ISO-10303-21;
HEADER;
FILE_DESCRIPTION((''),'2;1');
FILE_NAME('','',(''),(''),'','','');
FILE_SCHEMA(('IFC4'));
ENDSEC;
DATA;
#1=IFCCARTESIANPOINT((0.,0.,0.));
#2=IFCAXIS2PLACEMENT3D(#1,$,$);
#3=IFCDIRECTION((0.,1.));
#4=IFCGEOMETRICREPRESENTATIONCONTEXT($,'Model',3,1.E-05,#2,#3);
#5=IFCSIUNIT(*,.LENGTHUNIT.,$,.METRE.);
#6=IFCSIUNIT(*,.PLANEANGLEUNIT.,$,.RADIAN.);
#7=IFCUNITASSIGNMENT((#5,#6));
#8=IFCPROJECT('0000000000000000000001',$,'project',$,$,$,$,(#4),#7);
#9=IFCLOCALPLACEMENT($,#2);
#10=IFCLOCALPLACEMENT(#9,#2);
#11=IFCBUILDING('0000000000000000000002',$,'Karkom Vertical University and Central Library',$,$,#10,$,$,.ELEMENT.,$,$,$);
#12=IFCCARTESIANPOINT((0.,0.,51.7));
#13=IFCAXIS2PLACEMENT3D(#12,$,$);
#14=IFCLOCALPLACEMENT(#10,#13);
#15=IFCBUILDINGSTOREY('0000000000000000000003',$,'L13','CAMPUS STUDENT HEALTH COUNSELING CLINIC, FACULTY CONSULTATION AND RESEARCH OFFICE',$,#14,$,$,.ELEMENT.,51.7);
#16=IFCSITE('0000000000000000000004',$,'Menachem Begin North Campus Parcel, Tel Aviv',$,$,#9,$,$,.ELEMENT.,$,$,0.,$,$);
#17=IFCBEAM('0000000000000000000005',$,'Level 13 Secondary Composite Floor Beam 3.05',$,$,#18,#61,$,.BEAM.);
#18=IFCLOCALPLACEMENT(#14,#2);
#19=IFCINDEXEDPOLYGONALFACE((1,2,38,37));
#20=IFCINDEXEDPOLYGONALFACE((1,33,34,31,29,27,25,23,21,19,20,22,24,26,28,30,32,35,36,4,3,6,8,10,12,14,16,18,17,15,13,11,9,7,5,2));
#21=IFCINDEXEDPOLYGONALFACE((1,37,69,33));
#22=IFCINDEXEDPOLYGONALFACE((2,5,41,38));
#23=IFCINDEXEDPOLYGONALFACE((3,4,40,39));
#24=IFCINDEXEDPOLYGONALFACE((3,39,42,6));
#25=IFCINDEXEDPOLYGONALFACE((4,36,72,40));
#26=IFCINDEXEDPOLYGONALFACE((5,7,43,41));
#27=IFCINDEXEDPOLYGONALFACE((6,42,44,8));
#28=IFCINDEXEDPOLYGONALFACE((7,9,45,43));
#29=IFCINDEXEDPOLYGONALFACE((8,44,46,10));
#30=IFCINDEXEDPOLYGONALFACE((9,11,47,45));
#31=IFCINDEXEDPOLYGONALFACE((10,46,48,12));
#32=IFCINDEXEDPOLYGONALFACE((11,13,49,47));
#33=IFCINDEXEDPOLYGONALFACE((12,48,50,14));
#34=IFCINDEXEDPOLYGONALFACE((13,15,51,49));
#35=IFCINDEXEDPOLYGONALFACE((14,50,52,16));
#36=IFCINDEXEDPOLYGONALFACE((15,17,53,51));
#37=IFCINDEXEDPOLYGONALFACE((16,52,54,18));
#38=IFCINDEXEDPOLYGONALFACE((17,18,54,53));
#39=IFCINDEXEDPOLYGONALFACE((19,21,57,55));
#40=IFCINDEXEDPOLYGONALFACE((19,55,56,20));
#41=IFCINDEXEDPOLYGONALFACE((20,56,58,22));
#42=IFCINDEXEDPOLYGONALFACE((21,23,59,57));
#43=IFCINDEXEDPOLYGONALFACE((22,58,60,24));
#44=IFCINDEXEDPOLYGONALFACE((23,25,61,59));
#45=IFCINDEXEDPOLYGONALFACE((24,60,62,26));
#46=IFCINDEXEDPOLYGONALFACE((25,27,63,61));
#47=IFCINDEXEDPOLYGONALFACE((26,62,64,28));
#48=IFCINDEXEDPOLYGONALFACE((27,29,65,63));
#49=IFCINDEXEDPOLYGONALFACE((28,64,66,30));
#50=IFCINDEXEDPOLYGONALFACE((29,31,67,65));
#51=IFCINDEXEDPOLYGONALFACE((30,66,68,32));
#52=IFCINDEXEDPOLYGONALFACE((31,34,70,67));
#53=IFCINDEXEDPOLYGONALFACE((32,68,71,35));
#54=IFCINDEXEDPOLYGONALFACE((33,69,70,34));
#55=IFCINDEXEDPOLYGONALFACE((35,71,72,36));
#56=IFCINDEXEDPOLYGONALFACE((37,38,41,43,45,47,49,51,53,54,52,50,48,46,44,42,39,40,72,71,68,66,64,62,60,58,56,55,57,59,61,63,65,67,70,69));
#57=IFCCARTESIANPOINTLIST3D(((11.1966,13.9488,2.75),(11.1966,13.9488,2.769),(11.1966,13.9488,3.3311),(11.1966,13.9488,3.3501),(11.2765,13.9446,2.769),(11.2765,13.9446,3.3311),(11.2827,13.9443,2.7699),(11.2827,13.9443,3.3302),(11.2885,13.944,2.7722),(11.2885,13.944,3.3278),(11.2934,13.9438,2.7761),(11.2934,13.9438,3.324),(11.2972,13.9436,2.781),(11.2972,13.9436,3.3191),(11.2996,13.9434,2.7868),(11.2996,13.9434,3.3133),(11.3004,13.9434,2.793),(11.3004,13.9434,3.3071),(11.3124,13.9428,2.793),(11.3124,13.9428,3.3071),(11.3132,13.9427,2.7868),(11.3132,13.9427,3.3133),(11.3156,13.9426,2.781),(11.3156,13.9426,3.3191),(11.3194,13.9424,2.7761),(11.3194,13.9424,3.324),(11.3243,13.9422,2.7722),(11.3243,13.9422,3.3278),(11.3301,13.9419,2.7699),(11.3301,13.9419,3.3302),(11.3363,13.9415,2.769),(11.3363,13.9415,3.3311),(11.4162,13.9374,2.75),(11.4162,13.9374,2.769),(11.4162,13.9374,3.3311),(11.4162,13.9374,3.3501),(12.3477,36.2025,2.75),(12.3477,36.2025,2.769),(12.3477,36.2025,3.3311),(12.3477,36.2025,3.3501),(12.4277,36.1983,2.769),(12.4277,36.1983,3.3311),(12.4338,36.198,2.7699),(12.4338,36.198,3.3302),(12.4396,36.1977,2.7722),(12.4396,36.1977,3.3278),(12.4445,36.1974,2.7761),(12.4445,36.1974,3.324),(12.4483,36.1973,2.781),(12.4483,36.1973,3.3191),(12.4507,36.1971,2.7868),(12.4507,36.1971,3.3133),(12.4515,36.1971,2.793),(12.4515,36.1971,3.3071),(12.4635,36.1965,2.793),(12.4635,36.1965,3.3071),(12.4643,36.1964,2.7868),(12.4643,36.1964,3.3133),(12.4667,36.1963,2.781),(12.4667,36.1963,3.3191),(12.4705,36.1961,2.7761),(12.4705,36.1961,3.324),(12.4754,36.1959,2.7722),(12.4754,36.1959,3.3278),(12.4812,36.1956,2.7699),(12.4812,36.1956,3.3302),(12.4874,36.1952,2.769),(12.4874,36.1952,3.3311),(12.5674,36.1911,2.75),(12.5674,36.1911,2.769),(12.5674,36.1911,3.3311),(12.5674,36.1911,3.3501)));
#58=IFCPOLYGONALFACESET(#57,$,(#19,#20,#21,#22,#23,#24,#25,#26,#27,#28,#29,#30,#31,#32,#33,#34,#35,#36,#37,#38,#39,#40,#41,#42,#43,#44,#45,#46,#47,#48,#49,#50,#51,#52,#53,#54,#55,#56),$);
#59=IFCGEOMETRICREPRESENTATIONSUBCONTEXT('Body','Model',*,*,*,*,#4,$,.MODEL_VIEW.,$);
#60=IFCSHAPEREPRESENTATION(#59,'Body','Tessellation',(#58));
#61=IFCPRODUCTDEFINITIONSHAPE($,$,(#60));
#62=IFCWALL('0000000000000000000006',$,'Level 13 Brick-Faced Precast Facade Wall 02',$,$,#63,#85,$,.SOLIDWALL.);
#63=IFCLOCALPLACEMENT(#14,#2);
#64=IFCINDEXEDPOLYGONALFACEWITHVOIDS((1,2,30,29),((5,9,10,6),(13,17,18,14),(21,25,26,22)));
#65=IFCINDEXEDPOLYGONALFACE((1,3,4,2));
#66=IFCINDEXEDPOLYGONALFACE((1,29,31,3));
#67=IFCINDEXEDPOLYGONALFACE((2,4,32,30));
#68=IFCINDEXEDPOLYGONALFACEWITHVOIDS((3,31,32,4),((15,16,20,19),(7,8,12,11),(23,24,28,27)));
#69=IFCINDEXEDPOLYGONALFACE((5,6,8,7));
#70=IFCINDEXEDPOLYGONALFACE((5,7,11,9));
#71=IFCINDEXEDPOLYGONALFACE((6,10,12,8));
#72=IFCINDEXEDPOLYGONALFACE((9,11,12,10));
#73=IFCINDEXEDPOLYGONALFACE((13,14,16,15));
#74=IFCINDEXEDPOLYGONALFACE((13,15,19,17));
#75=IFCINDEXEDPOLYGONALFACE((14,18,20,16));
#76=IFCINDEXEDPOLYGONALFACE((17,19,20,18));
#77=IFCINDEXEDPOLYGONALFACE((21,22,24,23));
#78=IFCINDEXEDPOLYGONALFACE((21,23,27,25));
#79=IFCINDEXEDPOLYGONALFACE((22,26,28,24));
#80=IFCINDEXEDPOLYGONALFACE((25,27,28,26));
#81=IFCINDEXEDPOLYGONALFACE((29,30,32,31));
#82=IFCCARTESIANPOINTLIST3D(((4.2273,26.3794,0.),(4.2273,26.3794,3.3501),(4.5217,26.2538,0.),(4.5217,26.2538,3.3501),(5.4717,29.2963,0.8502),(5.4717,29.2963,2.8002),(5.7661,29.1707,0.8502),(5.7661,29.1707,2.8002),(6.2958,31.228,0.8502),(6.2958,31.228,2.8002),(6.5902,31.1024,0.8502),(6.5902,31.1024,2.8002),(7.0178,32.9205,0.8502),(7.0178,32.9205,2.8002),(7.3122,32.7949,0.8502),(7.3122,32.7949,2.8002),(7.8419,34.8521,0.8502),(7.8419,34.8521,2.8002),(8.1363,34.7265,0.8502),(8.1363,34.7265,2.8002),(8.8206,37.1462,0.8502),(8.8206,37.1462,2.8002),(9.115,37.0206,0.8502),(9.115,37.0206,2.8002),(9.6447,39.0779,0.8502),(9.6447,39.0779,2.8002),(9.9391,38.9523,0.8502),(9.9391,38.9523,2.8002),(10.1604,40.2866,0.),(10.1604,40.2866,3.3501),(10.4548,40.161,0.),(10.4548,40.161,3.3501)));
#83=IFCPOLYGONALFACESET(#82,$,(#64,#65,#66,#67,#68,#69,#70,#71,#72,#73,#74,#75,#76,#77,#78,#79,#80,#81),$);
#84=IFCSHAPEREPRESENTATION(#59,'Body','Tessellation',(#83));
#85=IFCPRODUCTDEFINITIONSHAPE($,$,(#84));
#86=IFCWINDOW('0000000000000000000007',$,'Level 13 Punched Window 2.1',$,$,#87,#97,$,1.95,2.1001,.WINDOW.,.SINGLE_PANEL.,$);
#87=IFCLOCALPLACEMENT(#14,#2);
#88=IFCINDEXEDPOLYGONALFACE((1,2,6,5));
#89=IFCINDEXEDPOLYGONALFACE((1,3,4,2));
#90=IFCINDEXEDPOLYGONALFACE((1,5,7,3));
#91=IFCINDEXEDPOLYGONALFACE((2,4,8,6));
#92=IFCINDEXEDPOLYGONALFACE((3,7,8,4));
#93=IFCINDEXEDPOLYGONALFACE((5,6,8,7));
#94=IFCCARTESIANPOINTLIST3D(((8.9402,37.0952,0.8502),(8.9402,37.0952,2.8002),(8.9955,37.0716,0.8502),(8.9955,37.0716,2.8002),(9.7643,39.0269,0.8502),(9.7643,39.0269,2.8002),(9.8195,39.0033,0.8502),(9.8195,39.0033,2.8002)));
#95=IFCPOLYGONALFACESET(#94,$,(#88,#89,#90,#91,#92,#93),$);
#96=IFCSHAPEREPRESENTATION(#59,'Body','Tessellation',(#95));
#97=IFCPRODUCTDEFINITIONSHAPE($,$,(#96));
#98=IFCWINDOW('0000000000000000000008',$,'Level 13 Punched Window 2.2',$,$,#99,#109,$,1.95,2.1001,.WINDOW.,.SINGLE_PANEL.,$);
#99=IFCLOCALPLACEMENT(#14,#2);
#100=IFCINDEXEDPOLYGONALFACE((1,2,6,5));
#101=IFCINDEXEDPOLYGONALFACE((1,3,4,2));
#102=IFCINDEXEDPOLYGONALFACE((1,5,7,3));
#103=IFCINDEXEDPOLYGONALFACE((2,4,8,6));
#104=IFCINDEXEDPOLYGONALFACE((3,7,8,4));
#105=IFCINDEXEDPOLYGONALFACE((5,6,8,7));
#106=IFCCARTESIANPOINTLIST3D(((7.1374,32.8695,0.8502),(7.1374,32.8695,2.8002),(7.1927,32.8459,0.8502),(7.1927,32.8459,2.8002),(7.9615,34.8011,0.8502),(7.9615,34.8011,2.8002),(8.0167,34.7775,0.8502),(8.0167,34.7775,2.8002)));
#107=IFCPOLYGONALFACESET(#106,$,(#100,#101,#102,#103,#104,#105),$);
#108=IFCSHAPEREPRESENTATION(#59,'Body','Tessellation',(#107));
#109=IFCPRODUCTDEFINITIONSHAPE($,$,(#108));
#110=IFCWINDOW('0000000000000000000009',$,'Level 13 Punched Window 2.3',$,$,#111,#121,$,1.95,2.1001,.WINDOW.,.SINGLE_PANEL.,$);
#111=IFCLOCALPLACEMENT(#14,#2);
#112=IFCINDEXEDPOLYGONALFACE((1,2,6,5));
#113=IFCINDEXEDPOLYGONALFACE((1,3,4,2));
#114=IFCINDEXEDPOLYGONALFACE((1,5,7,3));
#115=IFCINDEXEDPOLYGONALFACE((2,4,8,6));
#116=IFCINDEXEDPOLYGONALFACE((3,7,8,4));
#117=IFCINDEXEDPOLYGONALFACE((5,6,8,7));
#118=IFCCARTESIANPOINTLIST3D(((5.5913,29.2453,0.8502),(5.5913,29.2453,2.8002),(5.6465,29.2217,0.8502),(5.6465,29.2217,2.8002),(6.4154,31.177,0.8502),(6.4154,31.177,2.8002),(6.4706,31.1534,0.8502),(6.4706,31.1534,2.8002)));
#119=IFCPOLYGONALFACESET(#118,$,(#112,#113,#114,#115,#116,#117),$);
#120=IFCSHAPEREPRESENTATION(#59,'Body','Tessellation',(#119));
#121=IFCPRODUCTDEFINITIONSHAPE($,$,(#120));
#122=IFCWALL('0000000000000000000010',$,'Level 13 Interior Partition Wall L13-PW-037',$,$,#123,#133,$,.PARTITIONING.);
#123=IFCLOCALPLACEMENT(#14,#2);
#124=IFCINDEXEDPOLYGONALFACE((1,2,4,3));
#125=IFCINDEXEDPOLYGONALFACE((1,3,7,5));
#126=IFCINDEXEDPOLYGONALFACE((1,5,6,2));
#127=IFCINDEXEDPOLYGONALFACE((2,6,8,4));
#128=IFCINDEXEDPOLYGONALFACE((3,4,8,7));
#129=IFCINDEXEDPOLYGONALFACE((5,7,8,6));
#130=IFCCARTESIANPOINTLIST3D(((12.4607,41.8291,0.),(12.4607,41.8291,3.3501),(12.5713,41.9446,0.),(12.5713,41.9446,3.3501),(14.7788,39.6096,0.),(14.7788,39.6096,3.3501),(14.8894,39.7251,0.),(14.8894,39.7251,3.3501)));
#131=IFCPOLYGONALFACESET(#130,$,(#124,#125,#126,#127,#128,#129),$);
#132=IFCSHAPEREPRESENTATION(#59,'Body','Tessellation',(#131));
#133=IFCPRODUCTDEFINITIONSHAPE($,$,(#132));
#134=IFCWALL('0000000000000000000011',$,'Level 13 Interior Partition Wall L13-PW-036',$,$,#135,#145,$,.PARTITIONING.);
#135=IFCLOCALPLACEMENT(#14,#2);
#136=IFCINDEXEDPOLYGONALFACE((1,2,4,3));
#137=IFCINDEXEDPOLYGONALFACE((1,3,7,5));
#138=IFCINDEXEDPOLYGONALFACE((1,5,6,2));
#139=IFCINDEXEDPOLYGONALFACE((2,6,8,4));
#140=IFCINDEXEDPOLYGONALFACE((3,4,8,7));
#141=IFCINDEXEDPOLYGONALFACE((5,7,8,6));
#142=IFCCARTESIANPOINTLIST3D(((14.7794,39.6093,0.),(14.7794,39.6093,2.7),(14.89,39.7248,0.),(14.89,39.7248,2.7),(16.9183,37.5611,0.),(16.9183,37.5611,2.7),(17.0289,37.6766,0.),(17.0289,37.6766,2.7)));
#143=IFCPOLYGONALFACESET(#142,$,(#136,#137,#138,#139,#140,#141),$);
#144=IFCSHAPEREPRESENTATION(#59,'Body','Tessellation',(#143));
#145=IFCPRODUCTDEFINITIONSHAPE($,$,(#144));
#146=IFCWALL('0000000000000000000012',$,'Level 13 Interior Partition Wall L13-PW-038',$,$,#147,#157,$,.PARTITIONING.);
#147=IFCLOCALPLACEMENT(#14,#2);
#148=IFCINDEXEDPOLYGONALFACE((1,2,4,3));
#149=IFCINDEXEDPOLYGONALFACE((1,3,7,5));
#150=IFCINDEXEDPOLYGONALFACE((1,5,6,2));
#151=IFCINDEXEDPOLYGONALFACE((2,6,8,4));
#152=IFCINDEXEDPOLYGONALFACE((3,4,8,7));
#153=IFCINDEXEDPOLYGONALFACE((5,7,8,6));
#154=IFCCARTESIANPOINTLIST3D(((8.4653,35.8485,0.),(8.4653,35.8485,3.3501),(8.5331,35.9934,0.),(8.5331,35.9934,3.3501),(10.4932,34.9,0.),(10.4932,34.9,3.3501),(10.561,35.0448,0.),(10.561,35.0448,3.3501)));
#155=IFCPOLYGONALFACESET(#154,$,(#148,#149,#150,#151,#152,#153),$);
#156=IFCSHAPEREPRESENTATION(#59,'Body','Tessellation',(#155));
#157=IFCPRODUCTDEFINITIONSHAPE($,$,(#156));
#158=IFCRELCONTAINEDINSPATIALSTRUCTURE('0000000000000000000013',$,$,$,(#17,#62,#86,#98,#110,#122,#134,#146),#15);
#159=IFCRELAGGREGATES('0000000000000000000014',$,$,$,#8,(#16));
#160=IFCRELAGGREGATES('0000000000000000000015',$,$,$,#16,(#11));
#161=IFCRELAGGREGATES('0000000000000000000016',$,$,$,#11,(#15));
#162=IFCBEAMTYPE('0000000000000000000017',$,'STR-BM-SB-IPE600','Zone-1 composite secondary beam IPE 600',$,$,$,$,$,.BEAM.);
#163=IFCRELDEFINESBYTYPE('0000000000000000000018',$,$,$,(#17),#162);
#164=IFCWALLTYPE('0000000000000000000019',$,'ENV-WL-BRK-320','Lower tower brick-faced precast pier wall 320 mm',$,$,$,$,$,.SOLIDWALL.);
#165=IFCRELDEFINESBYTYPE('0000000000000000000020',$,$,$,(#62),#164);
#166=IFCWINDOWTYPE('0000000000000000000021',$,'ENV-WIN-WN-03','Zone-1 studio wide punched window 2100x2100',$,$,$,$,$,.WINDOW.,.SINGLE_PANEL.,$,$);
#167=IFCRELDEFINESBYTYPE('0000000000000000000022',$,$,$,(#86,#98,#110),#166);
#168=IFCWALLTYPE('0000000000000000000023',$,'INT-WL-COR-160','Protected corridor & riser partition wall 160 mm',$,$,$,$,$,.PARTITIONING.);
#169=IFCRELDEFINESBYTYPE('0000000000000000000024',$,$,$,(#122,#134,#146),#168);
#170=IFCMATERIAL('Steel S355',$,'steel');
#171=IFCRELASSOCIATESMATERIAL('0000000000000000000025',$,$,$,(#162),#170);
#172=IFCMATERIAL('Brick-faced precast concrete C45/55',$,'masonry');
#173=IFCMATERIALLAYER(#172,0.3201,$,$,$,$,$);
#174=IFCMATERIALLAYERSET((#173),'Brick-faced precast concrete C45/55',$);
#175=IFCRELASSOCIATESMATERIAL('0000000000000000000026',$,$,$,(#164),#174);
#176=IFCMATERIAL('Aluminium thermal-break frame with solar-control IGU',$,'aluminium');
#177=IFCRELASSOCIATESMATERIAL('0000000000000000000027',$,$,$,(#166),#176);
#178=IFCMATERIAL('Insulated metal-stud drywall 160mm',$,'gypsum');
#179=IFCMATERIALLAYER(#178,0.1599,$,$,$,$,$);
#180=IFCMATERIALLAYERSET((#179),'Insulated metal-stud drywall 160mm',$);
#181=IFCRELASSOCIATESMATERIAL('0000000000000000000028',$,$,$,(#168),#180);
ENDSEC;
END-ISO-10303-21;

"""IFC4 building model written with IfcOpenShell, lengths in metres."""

from ifc_helpers import new_model, si_unit, direction, frame, frame_2d, origin, origin_with_axes, origin_2d, place, context, subcontext, project, spatial, rectangle, i_section, extrude, source, transform, mapped, material, layer, layer_set, material_profile, profile_set, type_object, element, fill, save


model = new_model("IFC4")

# Units and contexts
model_context = context("Model", 3, precision=1e-05, world=origin(), true_north=direction((0.0, 1.0)))
body_context = subcontext(model_context, "Body", "Model", "MODEL_VIEW")
ifc_project = project(units=[si_unit("LENGTHUNIT", "METRE"), si_unit("PLANEANGLEUNIT", "RADIAN")], contexts=[model_context])

# Site, building, storey
site_placement = place(None, origin())
site = spatial("IfcSite", under=ifc_project, at=site_placement, Name="Menachem Begin North Campus Parcel, Tel Aviv", CompositionType="ELEMENT", RefElevation=0.0)
building_placement = place(site_placement, origin())
building = spatial("IfcBuilding", under=site, at=building_placement, Name="Karkom Vertical University and Central Library", CompositionType="ELEMENT")
storey_placement = place(building_placement, frame((0.0, 0.0, 51.7)))
storey = spatial("IfcBuildingStorey", under=building, at=storey_placement, Name="L13", Description="CAMPUS STUDENT HEALTH COUNSELING CLINIC, FACULTY CONSULTATION AND RESEARCH OFFICE", CompositionType="ELEMENT", Elevation=51.7)

# Beam
ifc_material_1 = material(Name="Steel S355", Category="steel")
ifc_material_profile_1 = material_profile(ifc_material_1, i_section(OverallWidth=0.22, OverallDepth=0.6001, WebThickness=0.012, FlangeThickness=0.019, FilletRadius=0.0239, at=origin_2d()), Name="IPE 600")
ifc_profile_set_1 = profile_set([ifc_material_profile_1], Name="Steel S355")
beam_type_1 = type_object("IfcBeamType", Name="STR-BM-SB-IPE600", Description="Zone-1 composite secondary beam IPE 600", PredefinedType="BEAM", material=ifc_profile_set_1)
shared_shape_1 = source(origin_with_axes(), body_context, "Body", "SweptSolid", [
    extrude(i_section(OverallWidth=0.22, OverallDepth=0.6001, WebThickness=0.012, FlangeThickness=0.019, FilletRadius=0.0239, at=origin_2d()), origin(), (0.0, 0.0, 1.0), 22.2834),
])
beam_1_placement = place(storey_placement, frame((12.4575, 36.1968, 3.05), z_axis=(-0.051658, -0.998665, 0.0), x_axis=(0.998665, -0.051658, 0.0)))
element("IfcBeam", 1, at=beam_1_placement, inside=storey, type_object=beam_type_1, Name="Level 13 Secondary Composite Floor Beam 3.05", PredefinedType="BEAM", context=body_context, shape_type="MappedRepresentation", body=[
    mapped(shared_shape_1, transform((0.0, 0.0, 0.0), scale=1.0)),
])

# Wall, openings, windows
ifc_material_2 = material(Name="Brick-faced precast concrete C45/55", Category="masonry")
ifc_layer_1 = layer(ifc_material_2, 0.3201)
ifc_layer_set_1 = layer_set([ifc_layer_1], Name="Brick-faced precast concrete C45/55")
wall_type_1 = type_object("IfcWallType", Name="ENV-WL-BRK-320", Description="Lower tower brick-faced precast pier wall 320 mm", PredefinedType="SOLIDWALL", material=ifc_layer_set_1)
wall_1_placement = place(storey_placement, frame((10.3076, 40.2239, 0.0), z_axis=(0.0, 0.0, 1.0), x_axis=(-0.392403, -0.919794, 0.0)))
wall_1 = element("IfcWall", 2, at=wall_1_placement, inside=storey, type_object=wall_type_1, Name="Level 13 Brick-Faced Precast Facade Wall 02", PredefinedType="SOLIDWALL", context=body_context, shape_type="SweptSolid", body=[
    extrude(rectangle(XDim=15.1199, YDim=0.3201, at=frame_2d((7.5601, 0.0))), origin(), (0.0, 0.0, 1.0), 3.3501),
])
opening_1_placement = place(wall_1_placement, frame((1.3142, 0.0, 0.8501)))
opening_1 = element("IfcOpeningElement", 3, at=opening_1_placement, cuts=wall_1, PredefinedType="OPENING", context=body_context, shape_type="SweptSolid", body=[
    extrude(rectangle(XDim=2.1001, YDim=1.95, at=frame_2d((1.05, 0.9751))), frame((0.0, 0.1699, 0.0), z_axis=(0.0, -1.0, 0.0), x_axis=(1.0, 0.0, 0.0)), (0.0, 0.0, 1.0), 0.3401),
])
opening_2_placement = place(wall_1_placement, frame((5.9084, 0.0, 0.8501)))
opening_2 = element("IfcOpeningElement", 4, at=opening_2_placement, cuts=wall_1, PredefinedType="OPENING", context=body_context, shape_type="SweptSolid", body=[
    extrude(rectangle(XDim=2.1001, YDim=1.95, at=frame_2d((1.05, 0.9751))), frame((0.0, 0.1699, 0.0), z_axis=(0.0, -1.0, 0.0), x_axis=(1.0, 0.0, 0.0)), (0.0, 0.0, 1.0), 0.3401),
])
opening_3_placement = place(wall_1_placement, frame((9.8486, 0.0, 0.8501)))
opening_3 = element("IfcOpeningElement", 5, at=opening_3_placement, cuts=wall_1, PredefinedType="OPENING", context=body_context, shape_type="SweptSolid", body=[
    extrude(rectangle(XDim=2.1001, YDim=1.95, at=frame_2d((1.05, 0.9751))), frame((0.0, 0.1699, 0.0), z_axis=(0.0, -1.0, 0.0), x_axis=(1.0, 0.0, 0.0)), (0.0, 0.0, 1.0), 0.3401),
])
ifc_material_3 = material(Name="Aluminium thermal-break frame with solar-control IGU", Category="aluminium")
window_type = type_object("IfcWindowType", Name="ENV-WIN-WN-03", Description="Zone-1 studio wide punched window 2100x2100", PartitioningType="SINGLE_PANEL", PredefinedType="WINDOW", material=ifc_material_3)
shared_shape_2 = source(origin_with_axes(), body_context, "Body", "SweptSolid", [
    extrude(rectangle(XDim=2.1001, YDim=1.95, at=frame_2d((1.05, 0.9751))), frame((0.0, 0.03, 0.0), z_axis=(0.0, -1.0, 0.0), x_axis=(1.0, 0.0, 0.0)), (0.0, 0.0, 1.0), 0.0601),
])
window_1_placement = place(opening_1_placement, origin())
window_1 = element("IfcWindow", 6, at=window_1_placement, inside=storey, type_object=window_type, Name="Level 13 Punched Window 2.1", OverallHeight=1.95, OverallWidth=2.1001, PartitioningType="SINGLE_PANEL", PredefinedType="WINDOW", context=body_context, shape_type="MappedRepresentation", body=[
    mapped(shared_shape_2, transform((0.0, 0.0, 0.0), scale=1.0)),
])
fill(opening_1, window_1)
window_2_placement = place(opening_2_placement, origin())
window_2 = element("IfcWindow", 7, at=window_2_placement, inside=storey, type_object=window_type, Name="Level 13 Punched Window 2.2", OverallHeight=1.95, OverallWidth=2.1001, PartitioningType="SINGLE_PANEL", PredefinedType="WINDOW", context=body_context, shape_type="MappedRepresentation", body=[
    mapped(shared_shape_2, transform((0.0, 0.0, 0.0), scale=1.0)),
])
fill(opening_2, window_2)
window_3_placement = place(opening_3_placement, origin())
window_3 = element("IfcWindow", 8, at=window_3_placement, inside=storey, type_object=window_type, Name="Level 13 Punched Window 2.3", OverallHeight=1.95, OverallWidth=2.1001, PartitioningType="SINGLE_PANEL", PredefinedType="WINDOW", context=body_context, shape_type="MappedRepresentation", body=[
    mapped(shared_shape_2, transform((0.0, 0.0, 0.0), scale=1.0)),
])
fill(opening_3, window_3)

# Shared definitions
ifc_material_4 = material(Name="Insulated metal-stud drywall 160mm", Category="gypsum")
ifc_layer_2 = layer(ifc_material_4, 0.1599)
ifc_layer_set_2 = layer_set([ifc_layer_2], Name="Insulated metal-stud drywall 160mm")
wall_type_2 = type_object("IfcWallType", Name="INT-WL-COR-160", Description="Protected corridor & riser partition wall 160 mm", PredefinedType="PARTITIONING", material=ifc_layer_set_2)

# Walls
wall_2_placement = place(storey_placement, frame((14.834, 39.6675, 0.0), z_axis=(0.0, 0.0, 1.0), x_axis=(-0.722306, 0.691573, 0.0)))
element("IfcWall", 9, at=wall_2_placement, inside=storey, type_object=wall_type_2, Name="Level 13 Interior Partition Wall L13-PW-037", PredefinedType="PARTITIONING", context=body_context, shape_type="SweptSolid", body=[
    extrude(rectangle(XDim=3.2092, YDim=0.1599, at=frame_2d((1.6045, 0.0))), origin(), (0.0, 0.0, 1.0), 3.3501),
])
wall_3_placement = place(storey_placement, frame((16.9736, 37.6189, 0.0), z_axis=(0.0, 0.0, 1.0), x_axis=(-0.722275, 0.691606, 0.0)))
element("IfcWall", 10, at=wall_3_placement, inside=storey, type_object=wall_type_2, Name="Level 13 Interior Partition Wall L13-PW-036", PredefinedType="PARTITIONING", context=body_context, shape_type="SweptSolid", body=[
    extrude(rectangle(XDim=2.9614, YDim=0.1599, at=frame_2d((1.4807, 0.0))), origin(), (0.0, 0.0, 1.0), 2.7),
])
wall_4_placement = place(storey_placement, frame((10.5271, 34.9724, 0.0), z_axis=(0.0, 0.0, 1.0), x_axis=(-0.905812, 0.423679, 0.0)))
element("IfcWall", 11, at=wall_4_placement, inside=storey, type_object=wall_type_2, Name="Level 13 Interior Partition Wall L13-PW-038", PredefinedType="PARTITIONING", context=body_context, shape_type="SweptSolid", body=[
    extrude(rectangle(XDim=2.2388, YDim=0.1599, at=frame_2d((1.1194, 0.0))), origin(), (0.0, 0.0, 1.0), 3.3501),
])

save(model, "model.ifc")
